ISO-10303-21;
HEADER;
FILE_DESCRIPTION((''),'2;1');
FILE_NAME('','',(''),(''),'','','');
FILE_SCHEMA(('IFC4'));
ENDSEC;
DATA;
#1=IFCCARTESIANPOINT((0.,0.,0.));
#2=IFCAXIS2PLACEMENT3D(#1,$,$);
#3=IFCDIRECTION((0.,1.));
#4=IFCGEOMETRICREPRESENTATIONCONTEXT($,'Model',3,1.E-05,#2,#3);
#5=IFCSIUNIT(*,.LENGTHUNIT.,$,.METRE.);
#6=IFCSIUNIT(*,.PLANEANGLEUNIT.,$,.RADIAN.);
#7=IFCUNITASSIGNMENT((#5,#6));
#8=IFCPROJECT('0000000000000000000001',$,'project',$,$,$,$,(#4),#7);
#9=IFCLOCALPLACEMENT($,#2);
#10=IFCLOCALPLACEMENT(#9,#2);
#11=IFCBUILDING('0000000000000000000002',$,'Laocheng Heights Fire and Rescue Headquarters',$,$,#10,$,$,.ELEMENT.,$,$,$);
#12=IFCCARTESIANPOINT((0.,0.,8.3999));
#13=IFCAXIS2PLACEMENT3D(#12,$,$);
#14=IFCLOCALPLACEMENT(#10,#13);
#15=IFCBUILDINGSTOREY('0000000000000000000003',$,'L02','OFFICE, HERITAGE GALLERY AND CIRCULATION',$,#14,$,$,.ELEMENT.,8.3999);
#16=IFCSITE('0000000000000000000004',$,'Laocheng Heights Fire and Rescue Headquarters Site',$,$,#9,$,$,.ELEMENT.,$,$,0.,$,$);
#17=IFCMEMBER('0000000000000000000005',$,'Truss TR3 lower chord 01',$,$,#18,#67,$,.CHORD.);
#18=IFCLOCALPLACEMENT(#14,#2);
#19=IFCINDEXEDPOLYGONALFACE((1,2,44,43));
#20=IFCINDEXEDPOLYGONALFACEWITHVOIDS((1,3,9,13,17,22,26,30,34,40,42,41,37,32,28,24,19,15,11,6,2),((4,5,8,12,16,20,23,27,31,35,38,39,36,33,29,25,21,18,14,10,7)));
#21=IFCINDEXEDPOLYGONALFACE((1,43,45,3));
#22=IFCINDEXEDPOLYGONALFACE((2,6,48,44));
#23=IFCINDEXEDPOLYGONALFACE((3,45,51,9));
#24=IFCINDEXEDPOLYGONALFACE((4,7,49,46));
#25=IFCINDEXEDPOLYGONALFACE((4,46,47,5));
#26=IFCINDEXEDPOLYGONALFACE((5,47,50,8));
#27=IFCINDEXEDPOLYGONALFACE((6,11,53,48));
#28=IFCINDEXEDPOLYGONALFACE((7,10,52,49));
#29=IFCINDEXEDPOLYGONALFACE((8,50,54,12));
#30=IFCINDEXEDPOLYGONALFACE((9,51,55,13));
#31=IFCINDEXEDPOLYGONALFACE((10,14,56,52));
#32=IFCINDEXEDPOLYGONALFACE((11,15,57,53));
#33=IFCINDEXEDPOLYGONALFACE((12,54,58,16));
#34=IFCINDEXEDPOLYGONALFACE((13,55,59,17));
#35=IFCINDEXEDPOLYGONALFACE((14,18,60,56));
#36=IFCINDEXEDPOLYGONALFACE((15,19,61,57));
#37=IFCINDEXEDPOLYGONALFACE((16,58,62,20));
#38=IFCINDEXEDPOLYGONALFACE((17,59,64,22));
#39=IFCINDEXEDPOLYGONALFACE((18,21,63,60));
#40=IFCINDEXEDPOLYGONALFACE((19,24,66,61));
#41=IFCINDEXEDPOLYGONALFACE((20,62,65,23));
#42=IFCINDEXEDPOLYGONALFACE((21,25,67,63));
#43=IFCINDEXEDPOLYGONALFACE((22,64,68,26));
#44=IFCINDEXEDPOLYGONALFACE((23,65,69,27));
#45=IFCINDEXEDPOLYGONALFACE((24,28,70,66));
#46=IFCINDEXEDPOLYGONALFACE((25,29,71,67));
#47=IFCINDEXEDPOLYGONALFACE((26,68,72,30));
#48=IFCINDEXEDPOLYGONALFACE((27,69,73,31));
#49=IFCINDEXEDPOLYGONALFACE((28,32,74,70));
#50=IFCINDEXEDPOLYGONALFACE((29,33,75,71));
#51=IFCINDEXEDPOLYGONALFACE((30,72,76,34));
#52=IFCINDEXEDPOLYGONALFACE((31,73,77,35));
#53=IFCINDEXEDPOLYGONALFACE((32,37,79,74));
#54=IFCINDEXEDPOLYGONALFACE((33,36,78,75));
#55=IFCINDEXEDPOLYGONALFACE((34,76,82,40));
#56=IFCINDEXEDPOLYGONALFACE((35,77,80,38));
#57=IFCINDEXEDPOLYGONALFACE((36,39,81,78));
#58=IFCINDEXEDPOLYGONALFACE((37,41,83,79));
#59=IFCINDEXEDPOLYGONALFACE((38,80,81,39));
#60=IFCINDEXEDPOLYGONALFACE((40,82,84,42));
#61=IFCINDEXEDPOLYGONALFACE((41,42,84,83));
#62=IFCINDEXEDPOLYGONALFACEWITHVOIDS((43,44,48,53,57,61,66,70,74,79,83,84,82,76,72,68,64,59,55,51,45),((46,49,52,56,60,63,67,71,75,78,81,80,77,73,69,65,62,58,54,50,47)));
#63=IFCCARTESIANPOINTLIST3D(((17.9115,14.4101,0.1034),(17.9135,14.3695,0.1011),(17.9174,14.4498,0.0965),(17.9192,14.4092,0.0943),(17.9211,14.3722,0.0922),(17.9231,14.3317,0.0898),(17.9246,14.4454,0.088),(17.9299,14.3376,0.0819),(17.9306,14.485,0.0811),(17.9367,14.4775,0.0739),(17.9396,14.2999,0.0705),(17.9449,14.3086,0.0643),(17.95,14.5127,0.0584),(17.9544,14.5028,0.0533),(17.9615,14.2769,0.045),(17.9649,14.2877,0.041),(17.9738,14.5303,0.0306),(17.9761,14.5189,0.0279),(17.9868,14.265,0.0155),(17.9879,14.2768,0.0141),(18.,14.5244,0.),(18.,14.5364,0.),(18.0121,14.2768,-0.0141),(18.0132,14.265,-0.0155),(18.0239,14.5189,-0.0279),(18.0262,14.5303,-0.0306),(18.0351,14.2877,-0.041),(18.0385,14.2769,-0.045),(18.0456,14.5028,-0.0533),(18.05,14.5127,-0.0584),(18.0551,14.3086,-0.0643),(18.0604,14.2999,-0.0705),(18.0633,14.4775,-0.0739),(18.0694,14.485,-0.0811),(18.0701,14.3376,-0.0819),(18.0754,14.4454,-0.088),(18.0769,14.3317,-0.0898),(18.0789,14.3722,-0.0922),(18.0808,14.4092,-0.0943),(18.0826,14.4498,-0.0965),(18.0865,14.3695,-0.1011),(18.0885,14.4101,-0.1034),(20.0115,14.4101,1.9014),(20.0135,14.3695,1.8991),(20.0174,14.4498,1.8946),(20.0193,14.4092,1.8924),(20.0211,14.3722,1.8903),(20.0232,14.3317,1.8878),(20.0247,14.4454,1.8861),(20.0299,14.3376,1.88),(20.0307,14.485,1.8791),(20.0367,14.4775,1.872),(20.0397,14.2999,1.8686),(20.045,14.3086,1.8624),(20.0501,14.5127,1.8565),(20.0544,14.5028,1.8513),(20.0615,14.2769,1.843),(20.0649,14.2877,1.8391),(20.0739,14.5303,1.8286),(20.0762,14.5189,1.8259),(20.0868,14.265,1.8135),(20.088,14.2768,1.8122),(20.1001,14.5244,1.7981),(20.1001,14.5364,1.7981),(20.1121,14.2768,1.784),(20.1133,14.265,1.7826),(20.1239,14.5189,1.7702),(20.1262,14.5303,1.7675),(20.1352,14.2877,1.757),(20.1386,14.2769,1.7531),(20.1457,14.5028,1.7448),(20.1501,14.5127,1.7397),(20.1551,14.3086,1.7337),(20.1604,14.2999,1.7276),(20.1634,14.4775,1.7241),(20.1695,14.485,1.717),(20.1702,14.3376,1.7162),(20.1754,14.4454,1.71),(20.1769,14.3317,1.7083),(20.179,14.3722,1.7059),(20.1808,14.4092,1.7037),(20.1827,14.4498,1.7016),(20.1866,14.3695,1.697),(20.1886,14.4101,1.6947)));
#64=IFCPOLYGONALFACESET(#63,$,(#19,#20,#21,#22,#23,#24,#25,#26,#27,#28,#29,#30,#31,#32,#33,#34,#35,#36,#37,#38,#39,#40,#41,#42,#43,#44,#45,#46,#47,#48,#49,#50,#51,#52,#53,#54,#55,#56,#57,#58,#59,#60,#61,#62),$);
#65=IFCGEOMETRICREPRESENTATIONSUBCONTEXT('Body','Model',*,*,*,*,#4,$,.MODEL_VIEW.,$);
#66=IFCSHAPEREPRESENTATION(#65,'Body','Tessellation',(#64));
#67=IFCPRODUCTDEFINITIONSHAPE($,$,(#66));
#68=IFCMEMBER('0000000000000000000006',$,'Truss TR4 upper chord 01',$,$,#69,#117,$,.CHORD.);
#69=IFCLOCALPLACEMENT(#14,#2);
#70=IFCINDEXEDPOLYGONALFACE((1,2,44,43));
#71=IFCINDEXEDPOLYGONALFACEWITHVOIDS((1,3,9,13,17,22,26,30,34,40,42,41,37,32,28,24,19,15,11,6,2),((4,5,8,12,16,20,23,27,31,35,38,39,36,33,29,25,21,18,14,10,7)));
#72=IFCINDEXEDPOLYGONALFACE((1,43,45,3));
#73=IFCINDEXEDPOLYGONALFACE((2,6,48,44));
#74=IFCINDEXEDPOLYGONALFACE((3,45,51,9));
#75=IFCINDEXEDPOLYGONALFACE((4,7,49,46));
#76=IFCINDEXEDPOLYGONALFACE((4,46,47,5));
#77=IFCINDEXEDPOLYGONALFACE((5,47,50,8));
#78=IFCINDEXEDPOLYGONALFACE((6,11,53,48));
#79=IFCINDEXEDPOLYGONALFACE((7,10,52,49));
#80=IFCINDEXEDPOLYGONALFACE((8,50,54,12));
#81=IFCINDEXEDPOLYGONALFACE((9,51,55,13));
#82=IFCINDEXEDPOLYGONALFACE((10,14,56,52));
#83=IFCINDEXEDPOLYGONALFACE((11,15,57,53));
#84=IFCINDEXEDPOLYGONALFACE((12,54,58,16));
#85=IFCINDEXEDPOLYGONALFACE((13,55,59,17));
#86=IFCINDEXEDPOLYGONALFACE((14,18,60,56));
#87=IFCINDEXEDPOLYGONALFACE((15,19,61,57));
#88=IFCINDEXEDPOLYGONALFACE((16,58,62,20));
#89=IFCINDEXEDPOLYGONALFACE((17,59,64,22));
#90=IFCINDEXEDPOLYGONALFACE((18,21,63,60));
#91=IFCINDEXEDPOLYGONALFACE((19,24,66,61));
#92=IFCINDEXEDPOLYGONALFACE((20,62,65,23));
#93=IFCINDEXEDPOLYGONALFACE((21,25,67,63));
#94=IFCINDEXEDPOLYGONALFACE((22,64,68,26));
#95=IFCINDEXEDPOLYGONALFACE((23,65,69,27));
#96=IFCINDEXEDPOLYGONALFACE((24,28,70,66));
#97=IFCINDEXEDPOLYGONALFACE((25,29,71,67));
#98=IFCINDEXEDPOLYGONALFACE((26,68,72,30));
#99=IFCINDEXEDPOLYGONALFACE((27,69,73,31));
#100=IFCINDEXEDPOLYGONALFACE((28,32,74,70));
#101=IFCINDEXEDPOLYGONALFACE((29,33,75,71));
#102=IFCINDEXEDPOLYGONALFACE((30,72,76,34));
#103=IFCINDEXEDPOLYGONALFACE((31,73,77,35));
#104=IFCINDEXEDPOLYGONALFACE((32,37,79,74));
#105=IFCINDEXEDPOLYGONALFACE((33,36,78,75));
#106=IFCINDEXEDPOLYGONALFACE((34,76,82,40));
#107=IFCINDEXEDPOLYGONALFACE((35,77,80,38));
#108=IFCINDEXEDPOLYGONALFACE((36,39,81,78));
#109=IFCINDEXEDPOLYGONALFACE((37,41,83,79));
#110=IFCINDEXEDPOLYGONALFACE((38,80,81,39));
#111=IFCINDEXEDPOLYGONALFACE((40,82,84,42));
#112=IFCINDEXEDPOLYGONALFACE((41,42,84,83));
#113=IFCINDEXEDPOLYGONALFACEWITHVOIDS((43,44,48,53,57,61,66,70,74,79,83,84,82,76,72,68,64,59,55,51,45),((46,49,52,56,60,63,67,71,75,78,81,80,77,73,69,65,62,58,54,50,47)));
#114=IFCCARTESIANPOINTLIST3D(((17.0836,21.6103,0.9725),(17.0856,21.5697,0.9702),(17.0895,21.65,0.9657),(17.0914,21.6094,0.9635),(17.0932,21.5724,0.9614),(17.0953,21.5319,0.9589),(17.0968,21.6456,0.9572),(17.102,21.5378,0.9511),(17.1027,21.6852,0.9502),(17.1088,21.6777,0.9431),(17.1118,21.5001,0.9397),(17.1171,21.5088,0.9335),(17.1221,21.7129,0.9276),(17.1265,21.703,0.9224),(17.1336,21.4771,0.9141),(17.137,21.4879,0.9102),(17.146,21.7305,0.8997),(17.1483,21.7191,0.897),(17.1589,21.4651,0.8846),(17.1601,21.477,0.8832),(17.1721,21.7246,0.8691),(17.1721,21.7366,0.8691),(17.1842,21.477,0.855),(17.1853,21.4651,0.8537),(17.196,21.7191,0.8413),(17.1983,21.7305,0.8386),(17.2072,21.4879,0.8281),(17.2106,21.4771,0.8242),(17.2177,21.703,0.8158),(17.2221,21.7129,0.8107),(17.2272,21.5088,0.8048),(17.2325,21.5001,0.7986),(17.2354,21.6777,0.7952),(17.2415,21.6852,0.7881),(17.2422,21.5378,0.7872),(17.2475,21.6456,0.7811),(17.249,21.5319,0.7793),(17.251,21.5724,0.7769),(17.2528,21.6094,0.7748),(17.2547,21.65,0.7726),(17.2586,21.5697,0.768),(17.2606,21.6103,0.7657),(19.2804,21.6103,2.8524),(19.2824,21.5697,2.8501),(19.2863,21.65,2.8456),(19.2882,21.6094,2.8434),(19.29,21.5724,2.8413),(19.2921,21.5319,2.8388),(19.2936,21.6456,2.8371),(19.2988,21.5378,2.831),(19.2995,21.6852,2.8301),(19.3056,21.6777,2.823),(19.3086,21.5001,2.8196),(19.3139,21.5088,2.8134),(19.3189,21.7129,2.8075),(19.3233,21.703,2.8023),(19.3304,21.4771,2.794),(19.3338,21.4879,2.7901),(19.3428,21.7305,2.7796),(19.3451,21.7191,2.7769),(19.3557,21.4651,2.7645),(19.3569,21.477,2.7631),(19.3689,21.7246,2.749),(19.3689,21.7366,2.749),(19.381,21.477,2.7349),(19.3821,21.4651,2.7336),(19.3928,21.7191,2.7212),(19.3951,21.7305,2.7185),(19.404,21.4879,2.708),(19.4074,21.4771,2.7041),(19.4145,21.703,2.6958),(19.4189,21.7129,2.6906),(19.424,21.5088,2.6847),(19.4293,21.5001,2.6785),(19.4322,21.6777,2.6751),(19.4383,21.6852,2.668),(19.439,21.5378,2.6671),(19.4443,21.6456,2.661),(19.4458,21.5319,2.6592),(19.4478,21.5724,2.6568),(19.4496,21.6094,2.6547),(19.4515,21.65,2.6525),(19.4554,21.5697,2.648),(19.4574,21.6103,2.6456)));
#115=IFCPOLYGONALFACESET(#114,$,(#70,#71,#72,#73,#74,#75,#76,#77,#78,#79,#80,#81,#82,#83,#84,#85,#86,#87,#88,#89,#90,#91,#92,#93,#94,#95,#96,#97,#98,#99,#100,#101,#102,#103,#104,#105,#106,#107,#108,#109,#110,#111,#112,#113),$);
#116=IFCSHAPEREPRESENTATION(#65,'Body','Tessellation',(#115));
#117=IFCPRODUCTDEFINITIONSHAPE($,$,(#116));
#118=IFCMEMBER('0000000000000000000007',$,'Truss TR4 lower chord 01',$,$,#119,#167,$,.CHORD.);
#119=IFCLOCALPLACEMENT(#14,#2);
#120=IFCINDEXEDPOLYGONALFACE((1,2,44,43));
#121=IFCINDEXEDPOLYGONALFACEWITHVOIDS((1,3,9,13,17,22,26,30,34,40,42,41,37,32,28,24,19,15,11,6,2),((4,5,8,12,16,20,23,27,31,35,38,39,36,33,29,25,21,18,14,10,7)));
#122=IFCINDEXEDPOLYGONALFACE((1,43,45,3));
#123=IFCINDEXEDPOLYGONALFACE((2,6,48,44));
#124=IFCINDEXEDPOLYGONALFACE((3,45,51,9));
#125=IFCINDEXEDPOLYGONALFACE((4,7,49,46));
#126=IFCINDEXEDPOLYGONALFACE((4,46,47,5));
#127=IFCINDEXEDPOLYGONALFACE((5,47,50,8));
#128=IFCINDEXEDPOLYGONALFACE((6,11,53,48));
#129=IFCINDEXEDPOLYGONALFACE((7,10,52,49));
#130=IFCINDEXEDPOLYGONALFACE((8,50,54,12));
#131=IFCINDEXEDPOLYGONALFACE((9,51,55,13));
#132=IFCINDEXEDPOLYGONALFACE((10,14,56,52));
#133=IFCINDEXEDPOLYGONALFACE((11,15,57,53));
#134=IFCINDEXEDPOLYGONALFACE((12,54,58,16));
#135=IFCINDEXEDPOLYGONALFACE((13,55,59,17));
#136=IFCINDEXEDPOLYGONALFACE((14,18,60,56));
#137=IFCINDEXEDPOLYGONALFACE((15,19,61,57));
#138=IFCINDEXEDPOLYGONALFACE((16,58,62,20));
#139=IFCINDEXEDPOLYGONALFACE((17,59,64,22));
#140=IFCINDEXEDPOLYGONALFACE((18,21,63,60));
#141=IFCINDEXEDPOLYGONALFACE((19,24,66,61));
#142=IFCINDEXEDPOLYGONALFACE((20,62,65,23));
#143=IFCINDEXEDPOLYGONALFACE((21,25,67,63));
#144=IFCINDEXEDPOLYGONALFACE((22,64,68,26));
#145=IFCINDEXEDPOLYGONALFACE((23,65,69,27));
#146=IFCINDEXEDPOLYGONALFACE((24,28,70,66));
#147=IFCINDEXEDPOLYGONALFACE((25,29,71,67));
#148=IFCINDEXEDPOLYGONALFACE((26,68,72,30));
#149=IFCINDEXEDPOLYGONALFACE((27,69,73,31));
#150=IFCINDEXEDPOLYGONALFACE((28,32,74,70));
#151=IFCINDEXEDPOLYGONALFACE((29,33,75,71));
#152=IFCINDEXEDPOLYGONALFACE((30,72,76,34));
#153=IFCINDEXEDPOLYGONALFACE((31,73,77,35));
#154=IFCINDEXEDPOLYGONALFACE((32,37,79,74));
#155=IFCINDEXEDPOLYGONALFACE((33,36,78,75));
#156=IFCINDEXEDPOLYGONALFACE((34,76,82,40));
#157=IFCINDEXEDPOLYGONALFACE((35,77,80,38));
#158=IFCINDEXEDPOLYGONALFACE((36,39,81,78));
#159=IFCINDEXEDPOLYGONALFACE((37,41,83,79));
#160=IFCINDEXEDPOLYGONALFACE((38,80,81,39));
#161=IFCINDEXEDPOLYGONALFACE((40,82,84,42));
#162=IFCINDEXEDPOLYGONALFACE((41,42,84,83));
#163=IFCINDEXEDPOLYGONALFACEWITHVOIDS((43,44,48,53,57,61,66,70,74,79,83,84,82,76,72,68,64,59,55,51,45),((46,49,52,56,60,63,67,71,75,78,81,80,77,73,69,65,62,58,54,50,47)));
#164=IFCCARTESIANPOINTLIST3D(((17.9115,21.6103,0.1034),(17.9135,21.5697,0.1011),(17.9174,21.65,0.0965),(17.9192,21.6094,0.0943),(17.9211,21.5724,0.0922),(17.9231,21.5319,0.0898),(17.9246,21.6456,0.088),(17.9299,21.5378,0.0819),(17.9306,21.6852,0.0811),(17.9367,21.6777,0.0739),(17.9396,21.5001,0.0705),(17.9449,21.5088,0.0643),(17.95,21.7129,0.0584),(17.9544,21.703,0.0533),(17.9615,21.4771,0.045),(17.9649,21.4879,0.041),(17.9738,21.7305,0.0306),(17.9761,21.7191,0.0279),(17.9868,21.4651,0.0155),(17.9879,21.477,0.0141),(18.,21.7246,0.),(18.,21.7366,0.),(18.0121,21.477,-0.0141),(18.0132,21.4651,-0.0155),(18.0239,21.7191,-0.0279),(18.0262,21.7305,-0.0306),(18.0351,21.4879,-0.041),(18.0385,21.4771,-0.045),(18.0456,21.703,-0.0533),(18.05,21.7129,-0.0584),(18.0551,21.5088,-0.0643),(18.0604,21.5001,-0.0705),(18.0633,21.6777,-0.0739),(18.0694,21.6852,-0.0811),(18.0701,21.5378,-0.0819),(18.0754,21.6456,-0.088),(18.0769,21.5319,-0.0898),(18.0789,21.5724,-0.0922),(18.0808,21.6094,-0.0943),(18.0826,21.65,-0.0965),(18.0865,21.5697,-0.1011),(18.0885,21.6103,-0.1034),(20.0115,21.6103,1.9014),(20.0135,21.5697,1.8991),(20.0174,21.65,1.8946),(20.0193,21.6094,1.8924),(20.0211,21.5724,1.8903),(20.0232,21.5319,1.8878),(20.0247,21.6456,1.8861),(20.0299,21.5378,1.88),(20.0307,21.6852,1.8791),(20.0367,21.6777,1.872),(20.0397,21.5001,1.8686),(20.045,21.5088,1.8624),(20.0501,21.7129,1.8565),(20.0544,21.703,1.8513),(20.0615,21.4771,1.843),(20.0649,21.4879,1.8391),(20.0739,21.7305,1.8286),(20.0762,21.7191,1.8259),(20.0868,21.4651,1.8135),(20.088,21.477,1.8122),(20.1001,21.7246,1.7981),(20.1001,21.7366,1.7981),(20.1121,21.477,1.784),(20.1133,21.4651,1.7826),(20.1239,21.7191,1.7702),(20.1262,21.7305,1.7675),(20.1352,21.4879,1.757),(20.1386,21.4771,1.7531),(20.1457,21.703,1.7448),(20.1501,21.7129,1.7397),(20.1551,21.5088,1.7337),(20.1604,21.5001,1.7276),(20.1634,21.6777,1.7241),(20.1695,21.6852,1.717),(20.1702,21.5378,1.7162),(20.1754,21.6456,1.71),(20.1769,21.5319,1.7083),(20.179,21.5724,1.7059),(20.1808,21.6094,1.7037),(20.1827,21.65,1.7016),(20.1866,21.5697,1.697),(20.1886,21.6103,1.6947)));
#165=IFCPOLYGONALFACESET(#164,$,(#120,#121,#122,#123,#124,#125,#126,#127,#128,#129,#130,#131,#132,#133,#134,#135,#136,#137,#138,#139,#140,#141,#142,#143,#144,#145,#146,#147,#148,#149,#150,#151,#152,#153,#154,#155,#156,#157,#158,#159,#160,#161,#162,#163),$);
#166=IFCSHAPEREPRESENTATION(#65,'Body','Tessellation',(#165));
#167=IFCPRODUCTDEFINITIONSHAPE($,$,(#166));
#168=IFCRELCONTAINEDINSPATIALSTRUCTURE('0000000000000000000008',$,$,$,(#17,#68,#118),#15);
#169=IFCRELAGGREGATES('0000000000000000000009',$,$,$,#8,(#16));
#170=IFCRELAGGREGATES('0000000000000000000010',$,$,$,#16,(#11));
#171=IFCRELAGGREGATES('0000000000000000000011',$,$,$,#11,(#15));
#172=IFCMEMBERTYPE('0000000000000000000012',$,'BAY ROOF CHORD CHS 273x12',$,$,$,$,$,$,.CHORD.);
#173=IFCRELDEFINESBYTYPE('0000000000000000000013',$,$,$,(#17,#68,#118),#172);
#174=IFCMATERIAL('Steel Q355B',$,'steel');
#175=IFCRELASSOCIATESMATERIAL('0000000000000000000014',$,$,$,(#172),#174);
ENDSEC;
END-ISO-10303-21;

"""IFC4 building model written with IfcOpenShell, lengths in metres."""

from ifc_helpers import new_model, si_unit, direction, frame, origin, origin_2d, place, context, subcontext, project, spatial, hollow_circle, extrude, material, material_profile, profile_set, type_object, element, save


model = new_model("IFC4")

# Units and contexts
model_context = context("Model", 3, precision=1e-05, world=origin(), true_north=direction((0.0, 1.0)))
body_context = subcontext(model_context, "Body", "Model", "MODEL_VIEW")
ifc_project = project(units=[si_unit("LENGTHUNIT", "METRE"), si_unit("PLANEANGLEUNIT", "RADIAN")], contexts=[model_context])

# Site, building, storey
site_placement = place(None, origin())
site = spatial("IfcSite", under=ifc_project, at=site_placement, Name="Laocheng Heights Fire and Rescue Headquarters Site", CompositionType="ELEMENT", RefElevation=0.0)
building_placement = place(site_placement, origin())
building = spatial("IfcBuilding", under=site, at=building_placement, Name="Laocheng Heights Fire and Rescue Headquarters", CompositionType="ELEMENT")
storey_placement = place(building_placement, frame((0.0, 0.0, 8.3999)))
storey = spatial("IfcBuildingStorey", under=building, at=storey_placement, Name="L02", Description="OFFICE, HERITAGE GALLERY AND CIRCULATION", CompositionType="ELEMENT", Elevation=8.3999)

# Members
ifc_material_1 = material(Name="Steel Q355B", Category="steel")
ifc_material_profile_1 = material_profile(ifc_material_1, hollow_circle(Radius=0.1365, WallThickness=0.012, at=origin_2d()), Name="CHS 273x12")
ifc_profile_set_1 = profile_set([ifc_material_profile_1], Name="Steel Q355B")
member_type_1 = type_object("IfcMemberType", Name="BAY ROOF CHORD CHS 273x12", PredefinedType="CHORD", material=ifc_profile_set_1)
member_1_placement = place(storey_placement, frame((18.0, 14.3999, 0.0), z_axis=(0.759612, 0.0, 0.650377), x_axis=(0.0, 1.0, 0.0)))
element("IfcMember", 1, at=member_1_placement, inside=storey, type_object=member_type_1, Name="Truss TR3 lower chord 01", PredefinedType="CHORD", context=body_context, shape_type="SweptSolid", body=[
    extrude(hollow_circle(Radius=0.1365, WallThickness=0.012, at=origin_2d()), origin(), (0.0, 0.0, 1.0), 2.7646),
])
member_2_placement = place(storey_placement, frame((17.1721, 21.6001, 0.8691), z_axis=(0.759781, 0.0, 0.650179), x_axis=(0.0, 1.0, 0.0)))
element("IfcMember", 2, at=member_2_placement, inside=storey, type_object=member_type_1, Name="Truss TR4 upper chord 01", PredefinedType="CHORD", context=body_context, shape_type="SweptSolid", body=[
    extrude(hollow_circle(Radius=0.1365, WallThickness=0.012, at=origin_2d()), origin(), (0.0, 0.0, 1.0), 2.8914),
])
member_3_placement = place(storey_placement, frame((18.0, 21.6001, 0.0), z_axis=(0.759612, 0.0, 0.650377), x_axis=(0.0, 1.0, 0.0)))
element("IfcMember", 3, at=member_3_placement, inside=storey, type_object=member_type_1, Name="Truss TR4 lower chord 01", PredefinedType="CHORD", context=body_context, shape_type="SweptSolid", body=[
    extrude(hollow_circle(Radius=0.1365, WallThickness=0.012, at=origin_2d()), origin(), (0.0, 0.0, 1.0), 2.7646),
])

save(model, "model.ifc")
